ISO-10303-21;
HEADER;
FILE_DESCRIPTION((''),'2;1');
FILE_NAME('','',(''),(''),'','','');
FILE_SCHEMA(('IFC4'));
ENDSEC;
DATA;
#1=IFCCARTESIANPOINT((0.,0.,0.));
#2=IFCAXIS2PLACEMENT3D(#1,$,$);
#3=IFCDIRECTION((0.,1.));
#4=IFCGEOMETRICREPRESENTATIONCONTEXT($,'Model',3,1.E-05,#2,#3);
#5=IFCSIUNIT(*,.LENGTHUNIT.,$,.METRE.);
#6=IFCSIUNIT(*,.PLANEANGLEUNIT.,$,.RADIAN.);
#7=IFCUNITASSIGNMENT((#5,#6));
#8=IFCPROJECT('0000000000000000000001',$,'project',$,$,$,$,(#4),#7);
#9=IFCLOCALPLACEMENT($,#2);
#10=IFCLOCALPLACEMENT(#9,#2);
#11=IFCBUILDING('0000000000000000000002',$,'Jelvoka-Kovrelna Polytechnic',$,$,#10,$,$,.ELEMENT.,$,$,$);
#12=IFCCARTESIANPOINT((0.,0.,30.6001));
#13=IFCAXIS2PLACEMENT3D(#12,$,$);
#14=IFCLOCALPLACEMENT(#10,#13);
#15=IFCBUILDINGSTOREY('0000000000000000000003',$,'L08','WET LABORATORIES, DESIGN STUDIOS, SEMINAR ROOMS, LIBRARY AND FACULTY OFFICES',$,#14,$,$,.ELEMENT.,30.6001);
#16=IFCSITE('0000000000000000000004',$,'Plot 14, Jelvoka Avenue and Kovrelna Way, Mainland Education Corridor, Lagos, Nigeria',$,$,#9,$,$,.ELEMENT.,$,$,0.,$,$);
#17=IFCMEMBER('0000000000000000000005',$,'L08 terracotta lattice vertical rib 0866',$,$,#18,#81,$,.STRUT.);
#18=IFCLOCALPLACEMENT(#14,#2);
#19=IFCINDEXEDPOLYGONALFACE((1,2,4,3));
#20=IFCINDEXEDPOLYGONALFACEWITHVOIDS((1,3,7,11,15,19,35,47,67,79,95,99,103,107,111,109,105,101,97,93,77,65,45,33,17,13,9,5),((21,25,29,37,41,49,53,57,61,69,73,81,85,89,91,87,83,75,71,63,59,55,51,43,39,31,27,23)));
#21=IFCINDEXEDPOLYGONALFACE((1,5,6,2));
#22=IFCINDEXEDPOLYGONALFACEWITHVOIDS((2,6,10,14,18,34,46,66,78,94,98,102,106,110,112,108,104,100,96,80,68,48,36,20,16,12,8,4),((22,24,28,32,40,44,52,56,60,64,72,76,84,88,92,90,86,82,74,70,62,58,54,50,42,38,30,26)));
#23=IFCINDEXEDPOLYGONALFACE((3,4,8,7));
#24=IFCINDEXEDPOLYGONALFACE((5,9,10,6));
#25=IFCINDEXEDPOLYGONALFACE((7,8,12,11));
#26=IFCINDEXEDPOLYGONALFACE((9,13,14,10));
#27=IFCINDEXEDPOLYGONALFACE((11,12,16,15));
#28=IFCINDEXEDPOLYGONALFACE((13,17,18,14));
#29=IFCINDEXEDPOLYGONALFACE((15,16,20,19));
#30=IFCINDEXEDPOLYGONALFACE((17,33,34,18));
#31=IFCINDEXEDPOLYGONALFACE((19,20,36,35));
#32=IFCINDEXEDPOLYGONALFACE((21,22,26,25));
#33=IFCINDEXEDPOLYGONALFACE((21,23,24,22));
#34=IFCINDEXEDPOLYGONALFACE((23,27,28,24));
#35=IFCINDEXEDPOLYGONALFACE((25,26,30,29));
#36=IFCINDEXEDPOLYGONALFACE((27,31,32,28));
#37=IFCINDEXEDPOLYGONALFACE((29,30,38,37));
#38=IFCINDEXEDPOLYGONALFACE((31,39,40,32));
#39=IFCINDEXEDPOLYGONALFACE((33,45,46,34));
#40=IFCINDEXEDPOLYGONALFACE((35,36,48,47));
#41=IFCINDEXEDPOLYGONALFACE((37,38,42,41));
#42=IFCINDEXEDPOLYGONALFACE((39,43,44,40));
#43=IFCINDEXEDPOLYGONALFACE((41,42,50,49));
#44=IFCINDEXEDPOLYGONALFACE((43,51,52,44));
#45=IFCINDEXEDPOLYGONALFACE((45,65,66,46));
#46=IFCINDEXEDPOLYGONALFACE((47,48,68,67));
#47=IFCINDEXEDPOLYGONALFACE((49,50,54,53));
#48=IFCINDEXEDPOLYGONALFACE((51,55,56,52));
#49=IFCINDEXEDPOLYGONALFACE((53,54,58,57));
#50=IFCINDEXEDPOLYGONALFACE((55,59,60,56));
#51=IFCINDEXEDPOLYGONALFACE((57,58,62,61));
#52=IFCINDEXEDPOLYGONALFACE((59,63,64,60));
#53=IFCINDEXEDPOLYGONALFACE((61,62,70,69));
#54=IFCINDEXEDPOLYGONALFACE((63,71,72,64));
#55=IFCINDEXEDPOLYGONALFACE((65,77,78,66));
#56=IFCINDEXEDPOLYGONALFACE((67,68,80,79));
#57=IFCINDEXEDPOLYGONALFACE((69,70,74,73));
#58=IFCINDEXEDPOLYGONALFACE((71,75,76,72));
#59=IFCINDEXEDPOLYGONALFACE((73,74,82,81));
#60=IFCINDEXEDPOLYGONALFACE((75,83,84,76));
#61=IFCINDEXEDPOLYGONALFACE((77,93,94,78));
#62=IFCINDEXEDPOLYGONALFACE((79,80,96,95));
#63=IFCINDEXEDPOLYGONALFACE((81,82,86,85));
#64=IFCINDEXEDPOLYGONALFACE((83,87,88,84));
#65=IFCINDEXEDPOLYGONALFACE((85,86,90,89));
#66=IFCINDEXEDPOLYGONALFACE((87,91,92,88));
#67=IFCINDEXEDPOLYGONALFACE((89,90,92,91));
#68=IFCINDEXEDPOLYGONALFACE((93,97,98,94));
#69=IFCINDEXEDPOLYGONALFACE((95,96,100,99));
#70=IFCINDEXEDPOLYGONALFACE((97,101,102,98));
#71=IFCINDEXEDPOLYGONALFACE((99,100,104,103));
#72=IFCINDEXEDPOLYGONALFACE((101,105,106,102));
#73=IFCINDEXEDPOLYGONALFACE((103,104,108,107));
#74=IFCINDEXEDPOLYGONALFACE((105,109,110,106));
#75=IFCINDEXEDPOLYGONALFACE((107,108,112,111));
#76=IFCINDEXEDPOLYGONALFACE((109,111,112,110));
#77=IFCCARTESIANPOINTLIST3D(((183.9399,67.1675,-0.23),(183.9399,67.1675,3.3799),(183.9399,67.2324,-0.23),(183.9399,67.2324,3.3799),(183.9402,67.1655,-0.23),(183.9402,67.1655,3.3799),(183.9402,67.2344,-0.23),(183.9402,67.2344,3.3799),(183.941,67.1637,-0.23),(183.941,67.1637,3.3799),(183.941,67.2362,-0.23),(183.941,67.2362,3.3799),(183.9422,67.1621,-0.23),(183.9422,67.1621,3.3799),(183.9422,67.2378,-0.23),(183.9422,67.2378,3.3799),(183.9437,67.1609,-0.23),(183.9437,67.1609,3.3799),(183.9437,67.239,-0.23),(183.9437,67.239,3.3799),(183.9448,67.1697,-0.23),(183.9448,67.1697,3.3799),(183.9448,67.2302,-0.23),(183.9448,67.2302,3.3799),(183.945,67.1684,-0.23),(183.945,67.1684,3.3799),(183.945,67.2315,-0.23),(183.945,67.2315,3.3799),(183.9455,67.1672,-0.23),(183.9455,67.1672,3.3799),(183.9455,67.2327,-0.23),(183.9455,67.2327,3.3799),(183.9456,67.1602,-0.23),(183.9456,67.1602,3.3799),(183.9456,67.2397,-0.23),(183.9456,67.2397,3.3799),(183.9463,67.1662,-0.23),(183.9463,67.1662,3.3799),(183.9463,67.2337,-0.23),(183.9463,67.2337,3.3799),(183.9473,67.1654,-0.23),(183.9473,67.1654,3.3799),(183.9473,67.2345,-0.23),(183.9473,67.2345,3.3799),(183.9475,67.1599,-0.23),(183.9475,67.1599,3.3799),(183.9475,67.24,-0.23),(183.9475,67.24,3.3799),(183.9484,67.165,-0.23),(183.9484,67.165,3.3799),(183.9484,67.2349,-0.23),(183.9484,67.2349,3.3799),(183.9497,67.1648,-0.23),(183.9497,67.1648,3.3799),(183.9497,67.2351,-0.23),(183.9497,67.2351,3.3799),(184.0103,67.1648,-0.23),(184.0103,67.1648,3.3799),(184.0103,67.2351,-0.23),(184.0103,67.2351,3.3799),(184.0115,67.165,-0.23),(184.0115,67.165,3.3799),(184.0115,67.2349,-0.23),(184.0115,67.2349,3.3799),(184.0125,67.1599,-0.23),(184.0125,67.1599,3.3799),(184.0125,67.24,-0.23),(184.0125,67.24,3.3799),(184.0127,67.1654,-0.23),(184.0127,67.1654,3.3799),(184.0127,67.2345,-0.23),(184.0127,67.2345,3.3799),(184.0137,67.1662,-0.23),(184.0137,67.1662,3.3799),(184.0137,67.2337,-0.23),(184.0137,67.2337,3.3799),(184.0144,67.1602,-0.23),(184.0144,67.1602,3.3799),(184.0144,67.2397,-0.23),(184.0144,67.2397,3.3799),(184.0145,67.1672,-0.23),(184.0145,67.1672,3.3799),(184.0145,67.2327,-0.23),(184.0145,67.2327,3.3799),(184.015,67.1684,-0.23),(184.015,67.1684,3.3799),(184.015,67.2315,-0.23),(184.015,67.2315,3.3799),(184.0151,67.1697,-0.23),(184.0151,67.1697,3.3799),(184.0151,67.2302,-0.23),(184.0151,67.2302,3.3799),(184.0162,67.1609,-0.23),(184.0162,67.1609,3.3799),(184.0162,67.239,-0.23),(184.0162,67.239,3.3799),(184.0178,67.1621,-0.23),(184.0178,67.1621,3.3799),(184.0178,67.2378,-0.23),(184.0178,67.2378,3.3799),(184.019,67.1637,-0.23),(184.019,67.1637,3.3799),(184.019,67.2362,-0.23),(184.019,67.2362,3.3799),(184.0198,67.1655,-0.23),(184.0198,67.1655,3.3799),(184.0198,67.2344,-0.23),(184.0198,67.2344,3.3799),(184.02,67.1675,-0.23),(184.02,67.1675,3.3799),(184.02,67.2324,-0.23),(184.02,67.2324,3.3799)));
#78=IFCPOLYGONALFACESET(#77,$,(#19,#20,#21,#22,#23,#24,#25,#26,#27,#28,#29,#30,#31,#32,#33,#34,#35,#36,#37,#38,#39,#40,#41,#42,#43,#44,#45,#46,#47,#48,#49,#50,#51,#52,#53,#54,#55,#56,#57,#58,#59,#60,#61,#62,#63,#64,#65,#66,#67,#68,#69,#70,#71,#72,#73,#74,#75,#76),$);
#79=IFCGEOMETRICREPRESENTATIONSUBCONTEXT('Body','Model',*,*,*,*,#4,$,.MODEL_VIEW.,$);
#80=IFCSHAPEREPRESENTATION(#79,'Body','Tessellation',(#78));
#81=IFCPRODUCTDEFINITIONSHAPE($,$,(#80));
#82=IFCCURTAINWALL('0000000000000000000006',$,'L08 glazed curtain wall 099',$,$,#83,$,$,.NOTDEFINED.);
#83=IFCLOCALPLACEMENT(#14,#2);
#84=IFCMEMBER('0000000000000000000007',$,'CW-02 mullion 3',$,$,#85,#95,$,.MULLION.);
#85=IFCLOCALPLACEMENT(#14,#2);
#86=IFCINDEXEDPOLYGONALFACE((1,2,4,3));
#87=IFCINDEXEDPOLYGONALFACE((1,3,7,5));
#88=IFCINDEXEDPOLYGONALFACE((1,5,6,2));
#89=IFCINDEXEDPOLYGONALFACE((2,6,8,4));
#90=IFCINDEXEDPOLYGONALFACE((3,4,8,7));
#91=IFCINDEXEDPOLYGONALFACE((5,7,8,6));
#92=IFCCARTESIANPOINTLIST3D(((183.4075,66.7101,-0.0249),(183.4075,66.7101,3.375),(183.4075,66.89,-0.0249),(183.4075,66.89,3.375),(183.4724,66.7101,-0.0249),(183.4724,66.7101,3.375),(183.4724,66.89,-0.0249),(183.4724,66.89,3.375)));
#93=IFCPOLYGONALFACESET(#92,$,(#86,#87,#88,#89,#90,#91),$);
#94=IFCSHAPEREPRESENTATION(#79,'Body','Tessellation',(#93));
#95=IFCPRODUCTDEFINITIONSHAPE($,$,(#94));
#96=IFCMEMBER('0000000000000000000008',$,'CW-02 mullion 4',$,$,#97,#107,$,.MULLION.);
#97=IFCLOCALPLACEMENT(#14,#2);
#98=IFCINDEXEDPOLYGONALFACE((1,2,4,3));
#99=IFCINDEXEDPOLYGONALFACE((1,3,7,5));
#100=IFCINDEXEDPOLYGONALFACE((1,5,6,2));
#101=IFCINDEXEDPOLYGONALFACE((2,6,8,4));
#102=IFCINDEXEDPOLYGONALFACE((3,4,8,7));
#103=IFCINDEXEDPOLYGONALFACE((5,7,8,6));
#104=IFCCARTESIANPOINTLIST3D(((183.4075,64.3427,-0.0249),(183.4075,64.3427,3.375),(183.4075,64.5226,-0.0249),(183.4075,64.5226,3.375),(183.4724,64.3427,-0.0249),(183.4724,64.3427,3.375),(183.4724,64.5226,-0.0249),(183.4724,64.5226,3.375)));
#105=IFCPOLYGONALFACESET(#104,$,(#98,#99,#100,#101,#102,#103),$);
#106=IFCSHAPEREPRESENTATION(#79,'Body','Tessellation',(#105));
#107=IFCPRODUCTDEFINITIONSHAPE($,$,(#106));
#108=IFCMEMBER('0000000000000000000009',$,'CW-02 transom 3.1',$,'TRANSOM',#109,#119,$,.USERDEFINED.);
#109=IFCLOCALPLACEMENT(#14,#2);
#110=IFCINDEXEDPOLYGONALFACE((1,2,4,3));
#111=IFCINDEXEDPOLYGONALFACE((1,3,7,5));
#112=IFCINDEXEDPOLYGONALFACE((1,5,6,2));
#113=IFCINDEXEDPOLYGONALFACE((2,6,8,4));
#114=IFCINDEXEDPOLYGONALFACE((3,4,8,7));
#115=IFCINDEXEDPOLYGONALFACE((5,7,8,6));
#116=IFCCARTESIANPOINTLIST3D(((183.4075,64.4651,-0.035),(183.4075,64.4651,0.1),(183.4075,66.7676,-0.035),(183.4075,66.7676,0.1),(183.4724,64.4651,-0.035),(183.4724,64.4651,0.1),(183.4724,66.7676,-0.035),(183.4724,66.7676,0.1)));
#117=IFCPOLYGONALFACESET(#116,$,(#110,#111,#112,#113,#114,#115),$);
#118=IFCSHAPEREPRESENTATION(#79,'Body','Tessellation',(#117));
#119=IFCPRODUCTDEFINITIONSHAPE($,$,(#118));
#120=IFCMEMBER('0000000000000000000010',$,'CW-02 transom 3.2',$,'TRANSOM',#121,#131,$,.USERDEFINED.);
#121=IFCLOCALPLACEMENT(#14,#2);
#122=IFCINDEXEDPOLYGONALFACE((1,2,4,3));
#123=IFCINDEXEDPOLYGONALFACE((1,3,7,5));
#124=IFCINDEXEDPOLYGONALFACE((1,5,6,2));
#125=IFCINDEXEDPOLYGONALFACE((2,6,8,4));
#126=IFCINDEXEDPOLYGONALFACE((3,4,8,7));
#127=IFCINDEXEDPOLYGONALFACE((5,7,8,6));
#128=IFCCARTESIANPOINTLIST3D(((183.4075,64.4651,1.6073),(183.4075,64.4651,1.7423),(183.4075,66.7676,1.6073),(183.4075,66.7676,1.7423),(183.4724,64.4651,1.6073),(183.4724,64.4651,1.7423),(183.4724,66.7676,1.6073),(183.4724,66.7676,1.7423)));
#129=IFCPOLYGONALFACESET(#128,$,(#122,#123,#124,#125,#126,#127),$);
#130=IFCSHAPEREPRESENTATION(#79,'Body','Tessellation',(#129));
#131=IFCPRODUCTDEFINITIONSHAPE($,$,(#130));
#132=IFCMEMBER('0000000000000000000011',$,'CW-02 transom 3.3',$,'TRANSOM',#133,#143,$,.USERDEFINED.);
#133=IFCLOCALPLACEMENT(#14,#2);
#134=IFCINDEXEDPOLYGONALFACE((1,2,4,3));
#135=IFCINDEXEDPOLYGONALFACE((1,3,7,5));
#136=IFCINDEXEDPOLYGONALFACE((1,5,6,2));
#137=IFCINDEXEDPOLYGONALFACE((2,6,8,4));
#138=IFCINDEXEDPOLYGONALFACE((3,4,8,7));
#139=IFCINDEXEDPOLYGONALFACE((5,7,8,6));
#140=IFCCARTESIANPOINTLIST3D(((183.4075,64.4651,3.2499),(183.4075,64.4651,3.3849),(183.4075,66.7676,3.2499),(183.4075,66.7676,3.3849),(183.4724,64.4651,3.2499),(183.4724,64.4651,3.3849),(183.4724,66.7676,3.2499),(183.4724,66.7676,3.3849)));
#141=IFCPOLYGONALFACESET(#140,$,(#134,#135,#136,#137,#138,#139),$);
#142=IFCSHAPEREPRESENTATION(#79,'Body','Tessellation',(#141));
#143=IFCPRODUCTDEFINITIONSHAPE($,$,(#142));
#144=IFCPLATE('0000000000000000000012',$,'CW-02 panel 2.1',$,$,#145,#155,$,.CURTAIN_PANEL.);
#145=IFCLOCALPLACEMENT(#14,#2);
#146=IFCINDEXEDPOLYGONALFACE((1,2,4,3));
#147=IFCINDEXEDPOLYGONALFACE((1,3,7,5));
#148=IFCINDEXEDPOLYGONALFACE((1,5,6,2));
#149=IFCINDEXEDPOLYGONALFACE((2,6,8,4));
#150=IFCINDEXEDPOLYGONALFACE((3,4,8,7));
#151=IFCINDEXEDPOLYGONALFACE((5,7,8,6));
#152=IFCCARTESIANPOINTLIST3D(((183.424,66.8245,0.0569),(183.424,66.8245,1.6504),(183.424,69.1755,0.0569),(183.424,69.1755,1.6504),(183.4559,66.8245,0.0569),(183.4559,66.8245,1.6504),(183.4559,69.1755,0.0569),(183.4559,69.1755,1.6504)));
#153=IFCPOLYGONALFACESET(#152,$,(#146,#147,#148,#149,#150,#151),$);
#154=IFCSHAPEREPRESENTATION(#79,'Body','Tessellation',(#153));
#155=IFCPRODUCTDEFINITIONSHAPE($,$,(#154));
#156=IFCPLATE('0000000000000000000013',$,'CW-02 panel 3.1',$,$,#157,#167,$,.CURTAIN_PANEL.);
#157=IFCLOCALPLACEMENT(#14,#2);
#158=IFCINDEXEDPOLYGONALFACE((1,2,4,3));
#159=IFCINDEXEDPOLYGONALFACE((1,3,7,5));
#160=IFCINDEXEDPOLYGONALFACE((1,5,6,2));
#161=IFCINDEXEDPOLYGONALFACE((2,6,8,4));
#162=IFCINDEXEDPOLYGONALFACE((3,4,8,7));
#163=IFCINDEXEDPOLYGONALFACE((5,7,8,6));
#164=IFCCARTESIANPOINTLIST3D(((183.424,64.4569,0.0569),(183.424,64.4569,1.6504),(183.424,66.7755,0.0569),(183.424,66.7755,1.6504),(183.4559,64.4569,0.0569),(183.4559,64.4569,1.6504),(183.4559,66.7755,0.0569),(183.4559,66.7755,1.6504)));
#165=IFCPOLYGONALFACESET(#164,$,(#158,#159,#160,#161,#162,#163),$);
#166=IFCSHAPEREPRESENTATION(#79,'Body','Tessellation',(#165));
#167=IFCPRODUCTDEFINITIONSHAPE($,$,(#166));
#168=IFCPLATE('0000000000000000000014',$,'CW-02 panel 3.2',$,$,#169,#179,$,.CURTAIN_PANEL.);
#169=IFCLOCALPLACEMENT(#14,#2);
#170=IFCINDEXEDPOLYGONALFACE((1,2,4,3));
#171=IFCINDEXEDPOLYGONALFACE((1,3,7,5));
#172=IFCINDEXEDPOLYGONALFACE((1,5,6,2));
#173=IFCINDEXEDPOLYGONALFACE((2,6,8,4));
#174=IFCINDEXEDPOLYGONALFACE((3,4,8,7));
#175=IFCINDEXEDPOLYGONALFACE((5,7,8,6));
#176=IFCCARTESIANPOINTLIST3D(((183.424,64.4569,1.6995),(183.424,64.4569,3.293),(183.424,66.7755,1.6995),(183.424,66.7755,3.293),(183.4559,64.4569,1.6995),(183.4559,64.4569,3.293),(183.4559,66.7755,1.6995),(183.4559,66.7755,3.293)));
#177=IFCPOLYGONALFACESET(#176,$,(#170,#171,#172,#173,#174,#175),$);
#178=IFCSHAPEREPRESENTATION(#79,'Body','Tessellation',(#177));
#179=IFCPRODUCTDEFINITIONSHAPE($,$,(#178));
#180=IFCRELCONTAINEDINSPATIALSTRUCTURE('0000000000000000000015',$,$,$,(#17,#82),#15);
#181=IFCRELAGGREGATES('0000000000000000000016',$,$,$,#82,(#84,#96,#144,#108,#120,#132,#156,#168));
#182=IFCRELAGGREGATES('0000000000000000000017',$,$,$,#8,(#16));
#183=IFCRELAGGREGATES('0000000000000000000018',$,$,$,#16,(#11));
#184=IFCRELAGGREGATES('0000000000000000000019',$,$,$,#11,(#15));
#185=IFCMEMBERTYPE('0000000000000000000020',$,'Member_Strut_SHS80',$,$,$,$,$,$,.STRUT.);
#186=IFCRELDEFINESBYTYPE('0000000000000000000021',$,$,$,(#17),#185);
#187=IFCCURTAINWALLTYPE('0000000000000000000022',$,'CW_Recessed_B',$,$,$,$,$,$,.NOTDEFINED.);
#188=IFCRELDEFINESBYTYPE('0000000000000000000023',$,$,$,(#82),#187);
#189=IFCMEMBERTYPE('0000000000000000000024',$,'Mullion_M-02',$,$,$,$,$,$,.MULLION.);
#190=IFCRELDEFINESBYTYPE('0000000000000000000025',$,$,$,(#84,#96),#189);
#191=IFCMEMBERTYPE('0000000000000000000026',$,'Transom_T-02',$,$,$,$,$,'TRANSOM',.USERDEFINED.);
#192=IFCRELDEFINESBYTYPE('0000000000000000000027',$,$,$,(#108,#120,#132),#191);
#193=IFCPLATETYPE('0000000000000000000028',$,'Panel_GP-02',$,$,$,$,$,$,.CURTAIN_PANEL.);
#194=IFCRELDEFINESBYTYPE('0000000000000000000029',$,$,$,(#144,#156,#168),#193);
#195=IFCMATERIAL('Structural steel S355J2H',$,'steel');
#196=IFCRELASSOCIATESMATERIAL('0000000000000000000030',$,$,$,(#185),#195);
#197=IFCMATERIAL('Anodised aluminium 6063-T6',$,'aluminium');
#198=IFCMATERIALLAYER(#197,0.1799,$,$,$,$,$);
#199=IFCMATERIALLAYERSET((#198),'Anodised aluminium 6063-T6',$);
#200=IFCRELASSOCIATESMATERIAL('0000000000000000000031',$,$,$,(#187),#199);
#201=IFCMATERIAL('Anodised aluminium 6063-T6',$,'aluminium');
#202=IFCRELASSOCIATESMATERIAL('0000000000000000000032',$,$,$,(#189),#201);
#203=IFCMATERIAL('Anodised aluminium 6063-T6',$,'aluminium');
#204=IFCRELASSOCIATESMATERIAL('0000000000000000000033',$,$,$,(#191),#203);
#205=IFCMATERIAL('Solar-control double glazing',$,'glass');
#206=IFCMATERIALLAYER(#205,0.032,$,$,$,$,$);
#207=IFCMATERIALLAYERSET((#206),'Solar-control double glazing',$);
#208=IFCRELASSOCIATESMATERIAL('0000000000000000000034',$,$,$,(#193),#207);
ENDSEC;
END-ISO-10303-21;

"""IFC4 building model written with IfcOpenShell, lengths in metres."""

from ifc_helpers import new_model, si_unit, direction, frame, origin, origin_2d, place, context, subcontext, project, spatial, rectangle, hollow_rectangle, extrude, material, layer, layer_set, material_profile, profile_set, type_object, element, aggregate, save


model = new_model("IFC4")

# Units and contexts
model_context = context("Model", 3, precision=1e-05, world=origin(), true_north=direction((0.0, 1.0)))
body_context = subcontext(model_context, "Body", "Model", "MODEL_VIEW")
ifc_project = project(units=[si_unit("LENGTHUNIT", "METRE"), si_unit("PLANEANGLEUNIT", "RADIAN")], contexts=[model_context])

# Site, building, storey
site_placement = place(None, origin())
site = spatial("IfcSite", under=ifc_project, at=site_placement, Name="Plot 14, Jelvoka Avenue and Kovrelna Way, Mainland Education Corridor, Lagos, Nigeria", CompositionType="ELEMENT", RefElevation=0.0)
building_placement = place(site_placement, origin())
building = spatial("IfcBuilding", under=site, at=building_placement, Name="Jelvoka-Kovrelna Polytechnic", CompositionType="ELEMENT")
storey_placement = place(building_placement, frame((0.0, 0.0, 30.6001)))
storey = spatial("IfcBuildingStorey", under=building, at=storey_placement, Name="L08", Description="WET LABORATORIES, DESIGN STUDIOS, SEMINAR ROOMS, LIBRARY AND FACULTY OFFICES", CompositionType="ELEMENT", Elevation=30.6001)

# Member
ifc_material_1 = material(Name="Structural steel S355J2H", Category="steel")
ifc_material_profile_1 = material_profile(ifc_material_1, hollow_rectangle(XDim=0.0801, YDim=0.0801, WallThickness=0.0049, InnerFilletRadius=0.0049, OuterFilletRadius=0.0076, at=origin_2d()), Name="80x80x5.0 SHS")
ifc_profile_set_1 = profile_set([ifc_material_profile_1], Name="Structural steel S355J2H")
member_type_1 = type_object("IfcMemberType", Name="Member_Strut_SHS80", PredefinedType="STRUT", material=ifc_profile_set_1)
for number, where, z_axis, x_axis, name in (
    (1, (183.98, 67.2, -0.23), (0.0, 0.0, 1.0), (1.0, 0.0, 0.0), "L08 terracotta lattice vertical rib 0866"),
):
    element("IfcMember", number, at=place(storey_placement, frame(where, z_axis=z_axis, x_axis=x_axis)), inside=storey, type_object=member_type_1, Name=name, PredefinedType="STRUT", context=body_context, shape_type="SweptSolid", body=[
        extrude(hollow_rectangle(XDim=0.0801, YDim=0.0801, WallThickness=0.0049, InnerFilletRadius=0.0049, OuterFilletRadius=0.0076, at=origin_2d()), origin(), (0.0, 0.0, 1.0), 3.6099),
    ])

# Curtain wall, members, plates
ifc_material_2 = material(Name="Anodised aluminium 6063-T6", Category="aluminium")
ifc_layer_1 = layer(ifc_material_2, 0.1799)
ifc_layer_set_1 = layer_set([ifc_layer_1], Name="Anodised aluminium 6063-T6")
curtain_wall_type = type_object("IfcCurtainWallType", Name="CW_Recessed_B", PredefinedType="NOTDEFINED", material=ifc_layer_set_1)
curtain_wall_placement = place(storey_placement, origin())
curtain_wall = element("IfcCurtainWall", 2, at=curtain_wall_placement, inside=storey, type_object=curtain_wall_type, Name="L08 glazed curtain wall 099", PredefinedType="NOTDEFINED")
ifc_material_3 = material(Name="Anodised aluminium 6063-T6", Category="aluminium")
ifc_material_profile_2 = material_profile(ifc_material_3, rectangle(XDim=0.0649, YDim=0.1799, at=origin_2d()), Name="ALU 65x180")
ifc_profile_set_2 = profile_set([ifc_material_profile_2], Name="Anodised aluminium 6063-T6")
member_type_2 = type_object("IfcMemberType", Name="Mullion_M-02", PredefinedType="MULLION", material=ifc_profile_set_2)
member_1_placement = place(storey_placement, frame((183.4399, 66.8, -0.0249), z_axis=(0.0, 0.0, 1.0), x_axis=(1.0, 0.0, 0.0)))
member_1 = element("IfcMember", 3, at=member_1_placement, type_object=member_type_2, Name="CW-02 mullion 3", PredefinedType="MULLION", context=body_context, shape_type="SweptSolid", body=[
    extrude(rectangle(XDim=0.0649, YDim=0.1799, at=origin_2d()), origin(), (0.0, 0.0, 1.0), 3.3999),
])
member_2_placement = place(storey_placement, frame((183.4399, 64.4326, -0.0249), z_axis=(0.0, 0.0, 1.0), x_axis=(1.0, 0.0, 0.0)))
member_2 = element("IfcMember", 4, at=member_2_placement, type_object=member_type_2, Name="CW-02 mullion 4", PredefinedType="MULLION", context=body_context, shape_type="SweptSolid", body=[
    extrude(rectangle(XDim=0.0649, YDim=0.1799, at=origin_2d()), origin(), (0.0, 0.0, 1.0), 3.3999),
])
ifc_material_4 = material(Name="Anodised aluminium 6063-T6", Category="aluminium")
ifc_material_profile_3 = material_profile(ifc_material_4, rectangle(XDim=0.0649, YDim=0.135, at=origin_2d()), Name="ALU 65x135")
ifc_profile_set_3 = profile_set([ifc_material_profile_3], Name="Anodised aluminium 6063-T6")
member_type_3 = type_object("IfcMemberType", Name="Transom_T-02", ElementType="TRANSOM", PredefinedType="USERDEFINED", material=ifc_profile_set_3)
member_3_placement = place(storey_placement, frame((183.4399, 66.7676, 0.0325), z_axis=(0.0, -1.0, 0.0), x_axis=(1.0, 0.0, 0.0)))
member_3 = element("IfcMember", 5, at=member_3_placement, type_object=member_type_3, Name="CW-02 transom 3.1", ObjectType="TRANSOM", PredefinedType="USERDEFINED", context=body_context, shape_type="SweptSolid", body=[
    extrude(rectangle(XDim=0.0649, YDim=0.135, at=origin_2d()), origin(), (0.0, 0.0, 1.0), 2.3025),
])
member_4_placement = place(storey_placement, frame((183.4399, 66.7676, 1.6748), z_axis=(0.0, -1.0, 0.0), x_axis=(1.0, 0.0, 0.0)))
member_4 = element("IfcMember", 6, at=member_4_placement, type_object=member_type_3, Name="CW-02 transom 3.2", ObjectType="TRANSOM", PredefinedType="USERDEFINED", context=body_context, shape_type="SweptSolid", body=[
    extrude(rectangle(XDim=0.0649, YDim=0.135, at=origin_2d()), origin(), (0.0, 0.0, 1.0), 2.3025),
])
member_5_placement = place(storey_placement, frame((183.4399, 66.7676, 3.3174), z_axis=(0.0, -1.0, 0.0), x_axis=(1.0, 0.0, 0.0)))
member_5 = element("IfcMember", 7, at=member_5_placement, type_object=member_type_3, Name="CW-02 transom 3.3", ObjectType="TRANSOM", PredefinedType="USERDEFINED", context=body_context, shape_type="SweptSolid", body=[
    extrude(rectangle(XDim=0.0649, YDim=0.135, at=origin_2d()), origin(), (0.0, 0.0, 1.0), 2.3025),
])
ifc_material_5 = material(Name="Solar-control double glazing", Category="glass")
ifc_layer_2 = layer(ifc_material_5, 0.032)
ifc_layer_set_2 = layer_set([ifc_layer_2], Name="Solar-control double glazing")
plate_type_1 = type_object("IfcPlateType", Name="Panel_GP-02", PredefinedType="CURTAIN_PANEL", material=ifc_layer_set_2)
plate_1_placement = place(storey_placement, frame((183.4399, 68.0, 0.0569), z_axis=(0.0, 0.0, 1.0), x_axis=(0.0, -1.0, 0.0)))
plate_1 = element("IfcPlate", 8, at=plate_1_placement, type_object=plate_type_1, Name="CW-02 panel 2.1", PredefinedType="CURTAIN_PANEL", context=body_context, shape_type="SweptSolid", body=[
    extrude(rectangle(XDim=2.3511, YDim=0.032, at=origin_2d()), origin(), (0.0, 0.0, 1.0), 1.5935),
])
plate_2_placement = place(storey_placement, frame((183.4399, 65.6162, 0.0569), z_axis=(0.0, 0.0, 1.0), x_axis=(0.0, -1.0, 0.0)))
plate_2 = element("IfcPlate", 9, at=plate_2_placement, type_object=plate_type_1, Name="CW-02 panel 3.1", PredefinedType="CURTAIN_PANEL", context=body_context, shape_type="SweptSolid", body=[
    extrude(rectangle(XDim=2.3186, YDim=0.032, at=origin_2d()), origin(), (0.0, 0.0, 1.0), 1.5935),
])
plate_3_placement = place(storey_placement, frame((183.4399, 65.6162, 1.6995), z_axis=(0.0, 0.0, 1.0), x_axis=(0.0, -1.0, 0.0)))
plate_3 = element("IfcPlate", 10, at=plate_3_placement, type_object=plate_type_1, Name="CW-02 panel 3.2", PredefinedType="CURTAIN_PANEL", context=body_context, shape_type="SweptSolid", body=[
    extrude(rectangle(XDim=2.3186, YDim=0.032, at=origin_2d()), origin(), (0.0, 0.0, 1.0), 1.5935),
])
aggregate(curtain_wall, [member_1, member_2, plate_1, member_3, member_4, member_5, plate_2, plate_3])

save(model, "model.ifc")
